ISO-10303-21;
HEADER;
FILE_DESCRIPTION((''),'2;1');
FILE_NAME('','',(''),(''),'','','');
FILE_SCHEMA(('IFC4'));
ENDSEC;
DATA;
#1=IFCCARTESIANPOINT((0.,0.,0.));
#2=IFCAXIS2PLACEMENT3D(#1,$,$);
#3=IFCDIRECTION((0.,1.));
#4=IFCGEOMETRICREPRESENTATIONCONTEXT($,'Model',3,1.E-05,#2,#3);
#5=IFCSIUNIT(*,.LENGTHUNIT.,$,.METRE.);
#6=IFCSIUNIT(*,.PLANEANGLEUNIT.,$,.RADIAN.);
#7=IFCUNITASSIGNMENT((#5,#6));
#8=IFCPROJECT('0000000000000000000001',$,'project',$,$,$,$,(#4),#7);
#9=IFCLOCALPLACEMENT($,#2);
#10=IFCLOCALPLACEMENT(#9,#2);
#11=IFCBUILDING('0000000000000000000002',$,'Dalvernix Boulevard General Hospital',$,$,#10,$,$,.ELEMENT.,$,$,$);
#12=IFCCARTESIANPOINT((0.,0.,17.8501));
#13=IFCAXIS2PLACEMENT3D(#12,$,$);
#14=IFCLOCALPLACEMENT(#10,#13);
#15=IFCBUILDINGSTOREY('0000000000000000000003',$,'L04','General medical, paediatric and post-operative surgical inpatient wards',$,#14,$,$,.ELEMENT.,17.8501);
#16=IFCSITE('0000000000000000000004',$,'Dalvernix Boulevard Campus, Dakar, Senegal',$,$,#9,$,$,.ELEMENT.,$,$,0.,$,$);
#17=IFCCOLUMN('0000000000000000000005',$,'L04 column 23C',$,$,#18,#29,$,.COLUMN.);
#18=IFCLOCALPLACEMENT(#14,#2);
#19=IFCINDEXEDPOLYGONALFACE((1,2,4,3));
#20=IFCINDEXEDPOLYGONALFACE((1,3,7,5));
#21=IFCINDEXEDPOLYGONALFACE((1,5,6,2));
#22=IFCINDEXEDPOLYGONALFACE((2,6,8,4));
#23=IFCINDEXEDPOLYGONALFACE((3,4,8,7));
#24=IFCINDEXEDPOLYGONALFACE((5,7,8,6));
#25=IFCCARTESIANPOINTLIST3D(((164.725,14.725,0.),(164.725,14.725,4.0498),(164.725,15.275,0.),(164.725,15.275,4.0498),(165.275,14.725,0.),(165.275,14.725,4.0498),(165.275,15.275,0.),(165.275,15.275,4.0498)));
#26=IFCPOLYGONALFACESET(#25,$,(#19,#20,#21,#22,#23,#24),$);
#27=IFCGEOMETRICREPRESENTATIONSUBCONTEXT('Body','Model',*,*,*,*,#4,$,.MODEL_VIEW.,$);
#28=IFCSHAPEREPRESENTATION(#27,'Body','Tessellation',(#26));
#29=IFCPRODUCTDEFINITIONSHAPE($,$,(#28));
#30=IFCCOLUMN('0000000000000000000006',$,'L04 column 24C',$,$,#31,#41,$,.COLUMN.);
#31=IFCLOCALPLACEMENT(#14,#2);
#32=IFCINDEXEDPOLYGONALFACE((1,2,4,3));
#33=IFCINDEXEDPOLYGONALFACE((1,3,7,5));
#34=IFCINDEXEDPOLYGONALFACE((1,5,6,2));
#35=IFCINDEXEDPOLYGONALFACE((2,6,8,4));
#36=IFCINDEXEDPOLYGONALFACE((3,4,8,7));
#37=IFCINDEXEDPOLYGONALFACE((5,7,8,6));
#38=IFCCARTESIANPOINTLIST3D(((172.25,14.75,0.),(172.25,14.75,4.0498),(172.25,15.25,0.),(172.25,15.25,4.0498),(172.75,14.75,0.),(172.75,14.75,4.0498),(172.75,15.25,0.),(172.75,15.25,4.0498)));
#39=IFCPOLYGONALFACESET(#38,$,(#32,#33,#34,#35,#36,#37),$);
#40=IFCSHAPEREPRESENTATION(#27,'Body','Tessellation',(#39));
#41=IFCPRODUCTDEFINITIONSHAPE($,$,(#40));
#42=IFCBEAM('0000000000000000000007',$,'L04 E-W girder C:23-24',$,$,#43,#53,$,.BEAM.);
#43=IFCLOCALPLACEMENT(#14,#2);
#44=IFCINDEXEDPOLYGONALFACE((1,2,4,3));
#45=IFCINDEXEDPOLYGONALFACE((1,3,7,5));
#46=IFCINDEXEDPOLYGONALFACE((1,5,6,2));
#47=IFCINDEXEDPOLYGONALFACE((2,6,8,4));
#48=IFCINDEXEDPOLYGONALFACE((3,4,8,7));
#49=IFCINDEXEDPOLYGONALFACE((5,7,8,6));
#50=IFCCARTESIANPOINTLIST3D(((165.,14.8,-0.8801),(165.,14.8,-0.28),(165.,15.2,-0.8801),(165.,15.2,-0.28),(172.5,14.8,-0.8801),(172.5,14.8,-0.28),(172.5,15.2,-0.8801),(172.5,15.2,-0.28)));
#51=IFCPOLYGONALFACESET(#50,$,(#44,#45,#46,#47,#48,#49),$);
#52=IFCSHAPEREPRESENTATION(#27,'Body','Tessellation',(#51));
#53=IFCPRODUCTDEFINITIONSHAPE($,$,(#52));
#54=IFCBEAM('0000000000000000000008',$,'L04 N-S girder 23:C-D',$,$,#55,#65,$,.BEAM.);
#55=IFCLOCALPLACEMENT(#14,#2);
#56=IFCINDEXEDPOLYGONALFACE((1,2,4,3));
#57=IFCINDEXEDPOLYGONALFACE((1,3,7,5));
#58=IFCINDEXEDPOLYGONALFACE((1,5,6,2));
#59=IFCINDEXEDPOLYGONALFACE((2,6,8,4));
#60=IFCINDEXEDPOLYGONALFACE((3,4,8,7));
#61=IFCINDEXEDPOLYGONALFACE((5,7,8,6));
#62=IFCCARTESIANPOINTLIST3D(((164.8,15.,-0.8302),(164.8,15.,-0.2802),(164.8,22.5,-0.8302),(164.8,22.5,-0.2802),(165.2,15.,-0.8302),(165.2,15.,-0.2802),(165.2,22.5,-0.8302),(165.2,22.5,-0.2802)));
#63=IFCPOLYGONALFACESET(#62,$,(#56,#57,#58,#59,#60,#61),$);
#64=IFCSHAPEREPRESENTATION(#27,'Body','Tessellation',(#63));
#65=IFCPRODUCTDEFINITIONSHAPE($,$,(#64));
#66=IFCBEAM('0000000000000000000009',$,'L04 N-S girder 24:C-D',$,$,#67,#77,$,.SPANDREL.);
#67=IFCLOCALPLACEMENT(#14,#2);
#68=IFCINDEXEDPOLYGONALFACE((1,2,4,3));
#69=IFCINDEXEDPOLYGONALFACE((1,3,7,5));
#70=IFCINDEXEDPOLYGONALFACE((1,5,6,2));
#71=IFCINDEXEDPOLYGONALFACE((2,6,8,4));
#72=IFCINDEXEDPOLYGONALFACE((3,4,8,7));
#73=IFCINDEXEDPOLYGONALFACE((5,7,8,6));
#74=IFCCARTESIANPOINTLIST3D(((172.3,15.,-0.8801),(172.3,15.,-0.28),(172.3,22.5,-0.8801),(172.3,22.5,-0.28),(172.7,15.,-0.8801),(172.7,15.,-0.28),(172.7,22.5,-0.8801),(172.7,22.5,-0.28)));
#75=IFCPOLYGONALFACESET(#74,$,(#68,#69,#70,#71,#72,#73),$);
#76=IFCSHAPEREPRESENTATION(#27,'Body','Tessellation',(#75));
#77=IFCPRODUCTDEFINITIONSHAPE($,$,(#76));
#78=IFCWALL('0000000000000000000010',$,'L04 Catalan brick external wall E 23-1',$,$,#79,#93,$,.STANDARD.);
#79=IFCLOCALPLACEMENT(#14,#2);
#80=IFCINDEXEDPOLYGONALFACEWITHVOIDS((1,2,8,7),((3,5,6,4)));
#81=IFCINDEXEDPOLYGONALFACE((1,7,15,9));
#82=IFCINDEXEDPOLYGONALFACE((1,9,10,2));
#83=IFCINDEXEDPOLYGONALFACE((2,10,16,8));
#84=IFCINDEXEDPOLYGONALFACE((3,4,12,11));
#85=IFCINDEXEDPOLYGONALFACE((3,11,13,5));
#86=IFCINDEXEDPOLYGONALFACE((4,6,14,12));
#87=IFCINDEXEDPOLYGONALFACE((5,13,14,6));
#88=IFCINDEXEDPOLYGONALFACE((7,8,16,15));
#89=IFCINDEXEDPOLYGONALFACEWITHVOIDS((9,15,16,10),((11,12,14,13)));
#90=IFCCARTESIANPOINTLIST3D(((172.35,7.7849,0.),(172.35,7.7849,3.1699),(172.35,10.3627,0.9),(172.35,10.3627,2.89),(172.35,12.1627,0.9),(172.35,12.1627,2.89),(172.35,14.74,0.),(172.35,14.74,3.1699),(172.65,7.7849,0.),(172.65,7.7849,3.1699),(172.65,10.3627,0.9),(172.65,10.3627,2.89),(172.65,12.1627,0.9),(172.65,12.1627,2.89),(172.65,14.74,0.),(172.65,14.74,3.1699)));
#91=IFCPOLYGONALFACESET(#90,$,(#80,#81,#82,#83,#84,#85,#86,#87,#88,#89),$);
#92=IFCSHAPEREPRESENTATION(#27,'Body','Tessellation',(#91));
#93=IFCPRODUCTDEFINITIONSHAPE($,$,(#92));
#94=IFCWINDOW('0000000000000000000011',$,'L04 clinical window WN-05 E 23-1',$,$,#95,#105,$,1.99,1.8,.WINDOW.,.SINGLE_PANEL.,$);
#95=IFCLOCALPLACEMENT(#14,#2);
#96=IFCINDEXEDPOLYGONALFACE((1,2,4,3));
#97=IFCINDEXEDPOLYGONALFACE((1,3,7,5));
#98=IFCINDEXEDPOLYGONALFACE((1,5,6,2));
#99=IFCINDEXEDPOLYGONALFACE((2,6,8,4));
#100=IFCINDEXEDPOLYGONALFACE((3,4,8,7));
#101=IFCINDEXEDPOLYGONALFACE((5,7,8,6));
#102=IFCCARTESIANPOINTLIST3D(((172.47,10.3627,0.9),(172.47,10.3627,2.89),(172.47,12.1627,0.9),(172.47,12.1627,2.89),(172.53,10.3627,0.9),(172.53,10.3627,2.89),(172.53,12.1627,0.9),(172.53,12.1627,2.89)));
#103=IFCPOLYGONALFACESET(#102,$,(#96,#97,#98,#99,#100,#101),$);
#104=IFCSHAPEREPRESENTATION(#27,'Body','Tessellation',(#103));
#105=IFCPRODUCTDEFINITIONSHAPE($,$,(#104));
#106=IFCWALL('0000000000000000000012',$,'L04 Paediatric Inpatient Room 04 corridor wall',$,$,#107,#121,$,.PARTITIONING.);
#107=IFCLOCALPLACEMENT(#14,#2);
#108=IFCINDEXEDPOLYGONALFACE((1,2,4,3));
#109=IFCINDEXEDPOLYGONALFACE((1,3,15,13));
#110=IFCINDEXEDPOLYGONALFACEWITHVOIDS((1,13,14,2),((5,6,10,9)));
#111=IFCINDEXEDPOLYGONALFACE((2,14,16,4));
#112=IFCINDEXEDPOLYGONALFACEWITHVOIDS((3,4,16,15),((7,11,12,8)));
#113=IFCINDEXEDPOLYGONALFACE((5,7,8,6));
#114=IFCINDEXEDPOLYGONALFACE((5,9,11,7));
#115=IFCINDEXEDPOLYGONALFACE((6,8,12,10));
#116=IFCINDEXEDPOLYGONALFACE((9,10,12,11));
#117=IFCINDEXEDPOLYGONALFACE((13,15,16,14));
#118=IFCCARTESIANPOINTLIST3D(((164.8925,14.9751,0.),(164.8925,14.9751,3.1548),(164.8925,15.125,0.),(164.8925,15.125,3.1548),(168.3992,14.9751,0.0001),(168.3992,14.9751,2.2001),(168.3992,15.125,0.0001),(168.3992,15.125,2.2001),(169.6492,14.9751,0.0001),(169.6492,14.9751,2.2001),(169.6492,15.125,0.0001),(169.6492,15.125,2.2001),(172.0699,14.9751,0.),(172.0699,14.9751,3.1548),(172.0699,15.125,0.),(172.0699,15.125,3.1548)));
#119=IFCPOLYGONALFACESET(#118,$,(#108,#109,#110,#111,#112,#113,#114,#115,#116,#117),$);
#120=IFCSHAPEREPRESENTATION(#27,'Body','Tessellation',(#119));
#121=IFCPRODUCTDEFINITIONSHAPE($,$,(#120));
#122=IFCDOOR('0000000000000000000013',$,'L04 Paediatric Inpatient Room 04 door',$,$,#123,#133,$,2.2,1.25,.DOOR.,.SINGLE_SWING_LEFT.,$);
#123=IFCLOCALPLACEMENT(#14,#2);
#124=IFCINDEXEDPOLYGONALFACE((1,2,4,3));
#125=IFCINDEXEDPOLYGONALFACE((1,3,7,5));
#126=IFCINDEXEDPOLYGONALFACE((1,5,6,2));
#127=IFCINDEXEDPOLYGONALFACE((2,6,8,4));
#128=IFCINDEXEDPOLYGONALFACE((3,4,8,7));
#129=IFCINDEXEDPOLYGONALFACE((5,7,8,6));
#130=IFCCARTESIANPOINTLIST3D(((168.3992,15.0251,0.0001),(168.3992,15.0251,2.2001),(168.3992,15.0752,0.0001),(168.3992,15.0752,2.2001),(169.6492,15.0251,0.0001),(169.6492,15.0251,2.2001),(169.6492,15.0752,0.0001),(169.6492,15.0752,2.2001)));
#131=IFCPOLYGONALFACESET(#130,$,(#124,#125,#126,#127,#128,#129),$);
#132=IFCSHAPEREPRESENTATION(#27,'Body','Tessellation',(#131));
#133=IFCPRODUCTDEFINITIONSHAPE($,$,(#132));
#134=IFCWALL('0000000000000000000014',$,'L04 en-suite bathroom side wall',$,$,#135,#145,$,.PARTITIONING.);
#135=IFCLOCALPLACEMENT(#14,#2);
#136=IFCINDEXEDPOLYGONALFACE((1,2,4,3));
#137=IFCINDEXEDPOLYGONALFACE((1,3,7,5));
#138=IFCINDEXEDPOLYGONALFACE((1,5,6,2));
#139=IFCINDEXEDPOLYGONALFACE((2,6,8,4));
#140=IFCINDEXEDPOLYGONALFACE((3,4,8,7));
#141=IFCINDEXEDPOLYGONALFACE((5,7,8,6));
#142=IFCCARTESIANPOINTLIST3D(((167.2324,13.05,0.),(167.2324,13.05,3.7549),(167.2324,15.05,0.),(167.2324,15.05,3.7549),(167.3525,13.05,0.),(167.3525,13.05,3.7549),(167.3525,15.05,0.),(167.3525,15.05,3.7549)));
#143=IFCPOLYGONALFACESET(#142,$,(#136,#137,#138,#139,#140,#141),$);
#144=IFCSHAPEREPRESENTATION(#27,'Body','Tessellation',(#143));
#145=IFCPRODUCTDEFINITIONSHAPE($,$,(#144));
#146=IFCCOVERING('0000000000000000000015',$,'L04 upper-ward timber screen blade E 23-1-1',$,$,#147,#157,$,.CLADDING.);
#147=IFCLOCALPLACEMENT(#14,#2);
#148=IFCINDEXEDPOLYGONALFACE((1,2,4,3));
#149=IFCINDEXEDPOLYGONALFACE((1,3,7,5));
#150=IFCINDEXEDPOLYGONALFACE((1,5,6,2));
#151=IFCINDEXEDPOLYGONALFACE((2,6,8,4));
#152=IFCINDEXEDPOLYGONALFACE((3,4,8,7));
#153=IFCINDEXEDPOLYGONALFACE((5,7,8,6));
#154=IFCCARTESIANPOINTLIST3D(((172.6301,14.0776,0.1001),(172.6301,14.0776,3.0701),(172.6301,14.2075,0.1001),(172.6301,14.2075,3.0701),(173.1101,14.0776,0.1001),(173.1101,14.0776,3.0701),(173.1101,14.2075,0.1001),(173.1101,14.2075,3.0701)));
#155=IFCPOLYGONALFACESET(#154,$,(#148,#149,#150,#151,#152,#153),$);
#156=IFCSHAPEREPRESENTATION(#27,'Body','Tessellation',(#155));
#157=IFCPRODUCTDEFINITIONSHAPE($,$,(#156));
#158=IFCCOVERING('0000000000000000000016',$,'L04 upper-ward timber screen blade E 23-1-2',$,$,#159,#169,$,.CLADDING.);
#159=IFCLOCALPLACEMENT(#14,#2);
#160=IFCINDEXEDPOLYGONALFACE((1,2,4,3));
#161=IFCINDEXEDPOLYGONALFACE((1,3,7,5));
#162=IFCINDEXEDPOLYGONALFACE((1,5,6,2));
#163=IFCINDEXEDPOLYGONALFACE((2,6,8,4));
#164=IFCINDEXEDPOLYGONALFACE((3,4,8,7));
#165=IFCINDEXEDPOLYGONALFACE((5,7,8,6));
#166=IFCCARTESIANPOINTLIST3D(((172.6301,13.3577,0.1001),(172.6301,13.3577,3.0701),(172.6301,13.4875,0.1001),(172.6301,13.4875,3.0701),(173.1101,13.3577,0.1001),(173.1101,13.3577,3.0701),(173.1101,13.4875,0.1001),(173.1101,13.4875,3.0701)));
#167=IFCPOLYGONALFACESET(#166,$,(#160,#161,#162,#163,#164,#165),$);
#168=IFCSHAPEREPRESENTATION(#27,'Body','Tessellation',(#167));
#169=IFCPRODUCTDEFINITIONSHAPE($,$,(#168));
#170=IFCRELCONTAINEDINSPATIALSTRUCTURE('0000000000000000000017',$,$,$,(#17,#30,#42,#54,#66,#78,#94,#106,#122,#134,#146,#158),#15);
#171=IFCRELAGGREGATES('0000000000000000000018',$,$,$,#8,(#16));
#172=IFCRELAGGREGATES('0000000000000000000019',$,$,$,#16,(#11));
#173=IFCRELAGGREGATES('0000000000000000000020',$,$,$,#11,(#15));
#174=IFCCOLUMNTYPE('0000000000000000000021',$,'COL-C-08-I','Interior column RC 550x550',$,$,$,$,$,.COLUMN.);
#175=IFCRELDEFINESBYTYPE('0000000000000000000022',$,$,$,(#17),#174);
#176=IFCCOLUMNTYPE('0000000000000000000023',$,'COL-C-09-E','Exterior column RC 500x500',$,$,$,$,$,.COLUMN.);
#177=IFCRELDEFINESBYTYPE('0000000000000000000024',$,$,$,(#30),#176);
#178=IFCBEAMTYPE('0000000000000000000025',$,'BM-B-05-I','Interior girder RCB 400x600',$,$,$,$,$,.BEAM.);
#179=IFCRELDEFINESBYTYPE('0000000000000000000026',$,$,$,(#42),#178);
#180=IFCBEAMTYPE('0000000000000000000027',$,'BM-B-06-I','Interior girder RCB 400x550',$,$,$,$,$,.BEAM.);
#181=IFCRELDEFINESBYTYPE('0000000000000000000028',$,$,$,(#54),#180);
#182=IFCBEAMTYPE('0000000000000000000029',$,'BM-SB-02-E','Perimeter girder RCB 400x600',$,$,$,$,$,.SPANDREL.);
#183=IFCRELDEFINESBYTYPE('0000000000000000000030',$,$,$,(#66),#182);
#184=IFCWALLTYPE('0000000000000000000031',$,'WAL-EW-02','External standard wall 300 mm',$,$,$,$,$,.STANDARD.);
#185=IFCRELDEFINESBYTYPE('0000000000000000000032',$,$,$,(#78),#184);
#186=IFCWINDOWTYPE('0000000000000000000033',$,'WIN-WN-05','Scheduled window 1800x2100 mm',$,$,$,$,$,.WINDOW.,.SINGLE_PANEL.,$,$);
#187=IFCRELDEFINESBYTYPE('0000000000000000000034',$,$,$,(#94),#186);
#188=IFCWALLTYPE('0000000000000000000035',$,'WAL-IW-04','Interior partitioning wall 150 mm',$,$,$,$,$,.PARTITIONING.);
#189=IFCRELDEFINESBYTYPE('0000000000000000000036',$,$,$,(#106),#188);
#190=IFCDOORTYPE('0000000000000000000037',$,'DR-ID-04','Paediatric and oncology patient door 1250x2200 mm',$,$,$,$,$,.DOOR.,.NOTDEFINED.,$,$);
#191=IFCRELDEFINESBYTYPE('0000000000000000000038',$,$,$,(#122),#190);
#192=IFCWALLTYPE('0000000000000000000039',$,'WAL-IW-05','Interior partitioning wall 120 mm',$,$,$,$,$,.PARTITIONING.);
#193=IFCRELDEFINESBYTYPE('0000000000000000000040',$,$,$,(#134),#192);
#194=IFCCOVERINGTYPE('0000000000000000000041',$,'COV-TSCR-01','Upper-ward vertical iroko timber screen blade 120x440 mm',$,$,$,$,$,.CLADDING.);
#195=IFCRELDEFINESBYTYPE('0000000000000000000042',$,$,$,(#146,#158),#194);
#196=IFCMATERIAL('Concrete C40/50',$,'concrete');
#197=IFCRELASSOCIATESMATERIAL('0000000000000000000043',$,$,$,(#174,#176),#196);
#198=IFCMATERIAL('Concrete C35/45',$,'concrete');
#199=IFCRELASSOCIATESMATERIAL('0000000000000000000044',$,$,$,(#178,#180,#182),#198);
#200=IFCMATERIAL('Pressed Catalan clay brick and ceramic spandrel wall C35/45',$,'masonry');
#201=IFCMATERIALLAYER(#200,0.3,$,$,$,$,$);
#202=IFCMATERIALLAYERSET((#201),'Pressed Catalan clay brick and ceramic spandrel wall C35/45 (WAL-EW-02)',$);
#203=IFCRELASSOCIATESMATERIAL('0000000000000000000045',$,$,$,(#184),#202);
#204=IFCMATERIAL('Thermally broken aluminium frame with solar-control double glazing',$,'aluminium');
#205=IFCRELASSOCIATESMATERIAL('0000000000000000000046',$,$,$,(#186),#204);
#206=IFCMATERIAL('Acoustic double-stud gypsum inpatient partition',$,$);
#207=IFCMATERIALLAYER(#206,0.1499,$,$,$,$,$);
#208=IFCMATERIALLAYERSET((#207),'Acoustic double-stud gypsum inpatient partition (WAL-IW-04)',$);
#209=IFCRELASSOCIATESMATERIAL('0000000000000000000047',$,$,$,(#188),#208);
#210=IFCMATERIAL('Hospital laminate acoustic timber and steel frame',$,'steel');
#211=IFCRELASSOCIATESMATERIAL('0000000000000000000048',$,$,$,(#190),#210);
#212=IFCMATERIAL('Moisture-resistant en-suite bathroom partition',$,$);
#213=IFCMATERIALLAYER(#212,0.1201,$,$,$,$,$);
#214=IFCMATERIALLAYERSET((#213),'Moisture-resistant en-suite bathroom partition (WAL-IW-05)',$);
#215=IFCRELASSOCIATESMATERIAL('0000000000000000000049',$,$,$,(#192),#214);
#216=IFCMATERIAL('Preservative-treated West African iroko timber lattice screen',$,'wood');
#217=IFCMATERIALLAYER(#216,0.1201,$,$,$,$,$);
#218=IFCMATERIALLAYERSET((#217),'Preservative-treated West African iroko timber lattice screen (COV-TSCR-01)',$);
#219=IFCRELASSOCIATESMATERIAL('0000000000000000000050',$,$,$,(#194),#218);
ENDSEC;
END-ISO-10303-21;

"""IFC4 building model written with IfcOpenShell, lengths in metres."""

from ifc_helpers import new_model, si_unit, direction, frame, frame_2d, origin, origin_2d, place, context, subcontext, project, spatial, rectangle, extrude, material, layer, layer_set, material_profile, profile_set, type_object, element, fill, save


model = new_model("IFC4")

# Units and contexts
model_context = context("Model", 3, precision=1e-05, world=origin(), true_north=direction((0.0, 1.0)))
body_context = subcontext(model_context, "Body", "Model", "MODEL_VIEW")
ifc_project = project(units=[si_unit("LENGTHUNIT", "METRE"), si_unit("PLANEANGLEUNIT", "RADIAN")], contexts=[model_context])

# Site, building, storey
site_placement = place(None, origin())
site = spatial("IfcSite", under=ifc_project, at=site_placement, Name="Dalvernix Boulevard Campus, Dakar, Senegal", CompositionType="ELEMENT", RefElevation=0.0)
building_placement = place(site_placement, origin())
building = spatial("IfcBuilding", under=site, at=building_placement, Name="Dalvernix Boulevard General Hospital", CompositionType="ELEMENT")
storey_placement = place(building_placement, frame((0.0, 0.0, 17.8501)))
storey = spatial("IfcBuildingStorey", under=building, at=storey_placement, Name="L04", Description="General medical, paediatric and post-operative surgical inpatient wards", CompositionType="ELEMENT", Elevation=17.8501)

# Columns
ifc_material_1 = material(Name="Concrete C40/50", Category="concrete")
ifc_material_profile_1 = material_profile(ifc_material_1, rectangle(XDim=0.55, YDim=0.55, at=origin_2d()), Name="RC 550x550")
ifc_profile_set_1 = profile_set([ifc_material_profile_1], Name="Concrete C40/50")
column_type_1 = type_object("IfcColumnType", Name="COL-C-08-I", Description="Interior column RC 550x550", PredefinedType="COLUMN", material=ifc_profile_set_1)
column_1_placement = place(storey_placement, frame((165.0, 15.0, 0.0), z_axis=(0.0, 0.0, 1.0), x_axis=(1.0, 0.0, 0.0)))
element("IfcColumn", 1, at=column_1_placement, inside=storey, type_object=column_type_1, Name="L04 column 23C", PredefinedType="COLUMN", context=body_context, shape_type="SweptSolid", body=[
    extrude(rectangle(XDim=0.55, YDim=0.55, at=origin_2d()), origin(), (0.0, 0.0, 1.0), 4.0498),
])
ifc_material_profile_2 = material_profile(ifc_material_1, rectangle(XDim=0.5, YDim=0.5, at=origin_2d()), Name="RC 500x500")
ifc_profile_set_2 = profile_set([ifc_material_profile_2], Name="Concrete C40/50")
column_type_2 = type_object("IfcColumnType", Name="COL-C-09-E", Description="Exterior column RC 500x500", PredefinedType="COLUMN", material=ifc_profile_set_2)
column_2_placement = place(storey_placement, frame((172.5, 15.0, 0.0), z_axis=(0.0, 0.0, 1.0), x_axis=(1.0, 0.0, 0.0)))
element("IfcColumn", 2, at=column_2_placement, inside=storey, type_object=column_type_2, Name="L04 column 24C", PredefinedType="COLUMN", context=body_context, shape_type="SweptSolid", body=[
    extrude(rectangle(XDim=0.5, YDim=0.5, at=origin_2d()), origin(), (0.0, 0.0, 1.0), 4.0498),
])

# Beams
ifc_material_2 = material(Name="Concrete C35/45", Category="concrete")
ifc_material_profile_3 = material_profile(ifc_material_2, rectangle(XDim=0.3999, YDim=0.6001, at=origin_2d()), Name="RCB 400x600")
ifc_profile_set_3 = profile_set([ifc_material_profile_3], Name="Concrete C35/45")
beam_type_1 = type_object("IfcBeamType", Name="BM-B-05-I", Description="Interior girder RCB 400x600", PredefinedType="BEAM", material=ifc_profile_set_3)
beam_1_placement = place(storey_placement, frame((165.0, 15.0, -0.5801), z_axis=(1.0, 0.0, 0.0), x_axis=(0.0, 1.0, 0.0)))
element("IfcBeam", 3, at=beam_1_placement, inside=storey, type_object=beam_type_1, Name="L04 E-W girder C:23-24", PredefinedType="BEAM", context=body_context, shape_type="SweptSolid", body=[
    extrude(rectangle(XDim=0.3999, YDim=0.6001, at=origin_2d()), origin(), (0.0, 0.0, 1.0), 7.5),
])
ifc_material_profile_4 = material_profile(ifc_material_2, rectangle(XDim=0.3999, YDim=0.55, at=origin_2d()), Name="RCB 400x550")
ifc_profile_set_4 = profile_set([ifc_material_profile_4], Name="Concrete C35/45")
beam_type_2 = type_object("IfcBeamType", Name="BM-B-06-I", Description="Interior girder RCB 400x550", PredefinedType="BEAM", material=ifc_profile_set_4)
beam_2_placement = place(storey_placement, frame((165.0, 15.0, -0.5552), z_axis=(0.0, 1.0, 0.0), x_axis=(-1.0, 0.0, 0.0)))
element("IfcBeam", 4, at=beam_2_placement, inside=storey, type_object=beam_type_2, Name="L04 N-S girder 23:C-D", PredefinedType="BEAM", context=body_context, shape_type="SweptSolid", body=[
    extrude(rectangle(XDim=0.3999, YDim=0.55, at=origin_2d()), origin(), (0.0, 0.0, 1.0), 7.5),
])
ifc_material_profile_5 = material_profile(ifc_material_2, rectangle(XDim=0.3999, YDim=0.6001, at=origin_2d()), Name="RCB 400x600")
ifc_profile_set_5 = profile_set([ifc_material_profile_5], Name="Concrete C35/45")
beam_type_3 = type_object("IfcBeamType", Name="BM-SB-02-E", Description="Perimeter girder RCB 400x600", PredefinedType="SPANDREL", material=ifc_profile_set_5)
beam_3_placement = place(storey_placement, frame((172.5, 15.0, -0.5801), z_axis=(0.0, 1.0, 0.0), x_axis=(-1.0, 0.0, 0.0)))
element("IfcBeam", 5, at=beam_3_placement, inside=storey, type_object=beam_type_3, Name="L04 N-S girder 24:C-D", PredefinedType="SPANDREL", context=body_context, shape_type="SweptSolid", body=[
    extrude(rectangle(XDim=0.3999, YDim=0.6001, at=origin_2d()), origin(), (0.0, 0.0, 1.0), 7.5),
])

# Wall, opening, window
ifc_material_3 = material(Name="Pressed Catalan clay brick and ceramic spandrel wall C35/45", Category="masonry")
ifc_layer_1 = layer(ifc_material_3, 0.3)
ifc_layer_set_1 = layer_set([ifc_layer_1], Name="Pressed Catalan clay brick and ceramic spandrel wall C35/45 (WAL-EW-02)")
wall_type_1 = type_object("IfcWallType", Name="WAL-EW-02", Description="External standard wall 300 mm", PredefinedType="STANDARD", material=ifc_layer_set_1)
wall_1_placement = place(storey_placement, frame((172.5, 14.74, 0.0), z_axis=(0.0, 0.0, 1.0), x_axis=(0.0, -1.0, 0.0)))
wall_1 = element("IfcWall", 6, at=wall_1_placement, inside=storey, type_object=wall_type_1, Name="L04 Catalan brick external wall E 23-1", PredefinedType="STANDARD", context=body_context, shape_type="SweptSolid", body=[
    extrude(rectangle(XDim=6.9551, YDim=0.3, at=frame_2d((3.4775, 0.0))), origin(), (0.0, 0.0, 1.0), 3.1699),
])
opening_1_placement = place(wall_1_placement, frame((2.5774, 0.0, 0.8999)))
opening_1 = element("IfcOpeningElement", 7, at=opening_1_placement, cuts=wall_1, PredefinedType="OPENING", context=body_context, shape_type="SweptSolid", body=[
    extrude(rectangle(XDim=1.8, YDim=1.99, at=frame_2d((0.8999, 0.9951))), frame((0.0, 0.1599, 0.0), z_axis=(0.0, -1.0, 0.0), x_axis=(1.0, 0.0, 0.0)), (0.0, 0.0, 1.0), 0.3201),
])
ifc_material_4 = material(Name="Thermally broken aluminium frame with solar-control double glazing", Category="aluminium")
window_type = type_object("IfcWindowType", Name="WIN-WN-05", Description="Scheduled window 1800x2100 mm", PartitioningType="SINGLE_PANEL", PredefinedType="WINDOW", material=ifc_material_4)
window_placement = place(opening_1_placement, origin())
window = element("IfcWindow", 8, at=window_placement, inside=storey, type_object=window_type, Name="L04 clinical window WN-05 E 23-1", OverallHeight=1.99, OverallWidth=1.8, PartitioningType="SINGLE_PANEL", PredefinedType="WINDOW", context=body_context, shape_type="SweptSolid", body=[
    extrude(rectangle(XDim=1.8, YDim=1.99, at=frame_2d((0.8999, 0.9951))), frame((0.0, 0.03, 0.0), z_axis=(0.0, -1.0, 0.0), x_axis=(1.0, 0.0, 0.0)), (0.0, 0.0, 1.0), 0.0601),
])
fill(opening_1, window)

# Wall, opening, door
ifc_material_5 = material(Name="Acoustic double-stud gypsum inpatient partition")
ifc_layer_2 = layer(ifc_material_5, 0.1499)
ifc_layer_set_2 = layer_set([ifc_layer_2], Name="Acoustic double-stud gypsum inpatient partition (WAL-IW-04)")
wall_type_2 = type_object("IfcWallType", Name="WAL-IW-04", Description="Interior partitioning wall 150 mm", PredefinedType="PARTITIONING", material=ifc_layer_set_2)
wall_2_placement = place(storey_placement, frame((172.0701, 15.05, 0.0), z_axis=(0.0, 0.0, 1.0), x_axis=(-1.0, 0.0, 0.0)))
wall_2 = element("IfcWall", 9, at=wall_2_placement, inside=storey, type_object=wall_type_2, Name="L04 Paediatric Inpatient Room 04 corridor wall", PredefinedType="PARTITIONING", context=body_context, shape_type="SweptSolid", body=[
    extrude(rectangle(XDim=7.1775, YDim=0.1499, at=frame_2d((3.5889, 0.0))), origin(), (0.0, 0.0, 1.0), 3.1548),
])
opening_2_placement = place(wall_2_placement, frame((2.4209, 0.0, 0.0)))
opening_2 = element("IfcOpeningElement", 10, at=opening_2_placement, cuts=wall_2, PredefinedType="OPENING", context=body_context, shape_type="SweptSolid", body=[
    extrude(rectangle(XDim=1.25, YDim=2.2, at=frame_2d((0.625, 1.1001))), frame((0.0, 0.085, 0.0), z_axis=(0.0, -1.0, 0.0), x_axis=(1.0, 0.0, 0.0)), (0.0, 0.0, 1.0), 0.1699),
])
ifc_material_6 = material(Name="Hospital laminate acoustic timber and steel frame", Category="steel")
door_type = type_object("IfcDoorType", Name="DR-ID-04", Description="Paediatric and oncology patient door 1250x2200 mm", OperationType="NOTDEFINED", PredefinedType="DOOR", material=ifc_material_6)
door_placement = place(opening_2_placement, origin())
door = element("IfcDoor", 11, at=door_placement, inside=storey, type_object=door_type, Name="L04 Paediatric Inpatient Room 04 door", OperationType="SINGLE_SWING_LEFT", OverallHeight=2.2, OverallWidth=1.25, PredefinedType="DOOR", context=body_context, shape_type="SweptSolid", body=[
    extrude(rectangle(XDim=1.25, YDim=2.2, at=frame_2d((0.625, 1.1001))), frame((0.0, 0.0249, 0.0), z_axis=(0.0, -1.0, 0.0), x_axis=(1.0, 0.0, 0.0)), (0.0, 0.0, 1.0), 0.05),
])
fill(opening_2, door)

# Wall
ifc_material_7 = material(Name="Moisture-resistant en-suite bathroom partition")
ifc_layer_3 = layer(ifc_material_7, 0.1201)
ifc_layer_set_3 = layer_set([ifc_layer_3], Name="Moisture-resistant en-suite bathroom partition (WAL-IW-05)")
wall_type_3 = type_object("IfcWallType", Name="WAL-IW-05", Description="Interior partitioning wall 120 mm", PredefinedType="PARTITIONING", material=ifc_layer_set_3)
wall_3_placement = place(storey_placement, frame((167.2925, 13.05, 0.0), z_axis=(0.0, 0.0, 1.0), x_axis=(0.0, 1.0, 0.0)))
element("IfcWall", 12, at=wall_3_placement, inside=storey, type_object=wall_type_3, Name="L04 en-suite bathroom side wall", PredefinedType="PARTITIONING", context=body_context, shape_type="SweptSolid", body=[
    extrude(rectangle(XDim=2.0, YDim=0.1201, at=frame_2d((1.0, 0.0))), origin(), (0.0, 0.0, 1.0), 3.7549),
])

# Coverings
ifc_material_8 = material(Name="Preservative-treated West African iroko timber lattice screen", Category="wood")
ifc_layer_4 = layer(ifc_material_8, 0.1201)
ifc_layer_set_4 = layer_set([ifc_layer_4], Name="Preservative-treated West African iroko timber lattice screen (COV-TSCR-01)")
covering_type = type_object("IfcCoveringType", Name="COV-TSCR-01", Description="Upper-ward vertical iroko timber screen blade 120x440 mm", PredefinedType="CLADDING", material=ifc_layer_set_4)
for number, where, z_axis, x_axis, name in (
    (13, (172.8701, 14.1426, 0.1001), (0.0, 0.0, 1.0), (0.0, -1.0, 0.0), "L04 upper-ward timber screen blade E 23-1-1"),
    (14, (172.8701, 13.4226, 0.1001), (0.0, 0.0, 1.0), (0.0, -1.0, 0.0), "L04 upper-ward timber screen blade E 23-1-2"),
):
    element("IfcCovering", number, at=place(storey_placement, frame(where, z_axis=z_axis, x_axis=x_axis)), inside=storey, type_object=covering_type, Name=name, PredefinedType="CLADDING", context=body_context, shape_type="SweptSolid", body=[
        extrude(rectangle(XDim=0.1299, YDim=0.48, at=origin_2d()), origin(), (0.0, 0.0, 1.0), 2.97),
    ])

save(model, "model.ifc")
